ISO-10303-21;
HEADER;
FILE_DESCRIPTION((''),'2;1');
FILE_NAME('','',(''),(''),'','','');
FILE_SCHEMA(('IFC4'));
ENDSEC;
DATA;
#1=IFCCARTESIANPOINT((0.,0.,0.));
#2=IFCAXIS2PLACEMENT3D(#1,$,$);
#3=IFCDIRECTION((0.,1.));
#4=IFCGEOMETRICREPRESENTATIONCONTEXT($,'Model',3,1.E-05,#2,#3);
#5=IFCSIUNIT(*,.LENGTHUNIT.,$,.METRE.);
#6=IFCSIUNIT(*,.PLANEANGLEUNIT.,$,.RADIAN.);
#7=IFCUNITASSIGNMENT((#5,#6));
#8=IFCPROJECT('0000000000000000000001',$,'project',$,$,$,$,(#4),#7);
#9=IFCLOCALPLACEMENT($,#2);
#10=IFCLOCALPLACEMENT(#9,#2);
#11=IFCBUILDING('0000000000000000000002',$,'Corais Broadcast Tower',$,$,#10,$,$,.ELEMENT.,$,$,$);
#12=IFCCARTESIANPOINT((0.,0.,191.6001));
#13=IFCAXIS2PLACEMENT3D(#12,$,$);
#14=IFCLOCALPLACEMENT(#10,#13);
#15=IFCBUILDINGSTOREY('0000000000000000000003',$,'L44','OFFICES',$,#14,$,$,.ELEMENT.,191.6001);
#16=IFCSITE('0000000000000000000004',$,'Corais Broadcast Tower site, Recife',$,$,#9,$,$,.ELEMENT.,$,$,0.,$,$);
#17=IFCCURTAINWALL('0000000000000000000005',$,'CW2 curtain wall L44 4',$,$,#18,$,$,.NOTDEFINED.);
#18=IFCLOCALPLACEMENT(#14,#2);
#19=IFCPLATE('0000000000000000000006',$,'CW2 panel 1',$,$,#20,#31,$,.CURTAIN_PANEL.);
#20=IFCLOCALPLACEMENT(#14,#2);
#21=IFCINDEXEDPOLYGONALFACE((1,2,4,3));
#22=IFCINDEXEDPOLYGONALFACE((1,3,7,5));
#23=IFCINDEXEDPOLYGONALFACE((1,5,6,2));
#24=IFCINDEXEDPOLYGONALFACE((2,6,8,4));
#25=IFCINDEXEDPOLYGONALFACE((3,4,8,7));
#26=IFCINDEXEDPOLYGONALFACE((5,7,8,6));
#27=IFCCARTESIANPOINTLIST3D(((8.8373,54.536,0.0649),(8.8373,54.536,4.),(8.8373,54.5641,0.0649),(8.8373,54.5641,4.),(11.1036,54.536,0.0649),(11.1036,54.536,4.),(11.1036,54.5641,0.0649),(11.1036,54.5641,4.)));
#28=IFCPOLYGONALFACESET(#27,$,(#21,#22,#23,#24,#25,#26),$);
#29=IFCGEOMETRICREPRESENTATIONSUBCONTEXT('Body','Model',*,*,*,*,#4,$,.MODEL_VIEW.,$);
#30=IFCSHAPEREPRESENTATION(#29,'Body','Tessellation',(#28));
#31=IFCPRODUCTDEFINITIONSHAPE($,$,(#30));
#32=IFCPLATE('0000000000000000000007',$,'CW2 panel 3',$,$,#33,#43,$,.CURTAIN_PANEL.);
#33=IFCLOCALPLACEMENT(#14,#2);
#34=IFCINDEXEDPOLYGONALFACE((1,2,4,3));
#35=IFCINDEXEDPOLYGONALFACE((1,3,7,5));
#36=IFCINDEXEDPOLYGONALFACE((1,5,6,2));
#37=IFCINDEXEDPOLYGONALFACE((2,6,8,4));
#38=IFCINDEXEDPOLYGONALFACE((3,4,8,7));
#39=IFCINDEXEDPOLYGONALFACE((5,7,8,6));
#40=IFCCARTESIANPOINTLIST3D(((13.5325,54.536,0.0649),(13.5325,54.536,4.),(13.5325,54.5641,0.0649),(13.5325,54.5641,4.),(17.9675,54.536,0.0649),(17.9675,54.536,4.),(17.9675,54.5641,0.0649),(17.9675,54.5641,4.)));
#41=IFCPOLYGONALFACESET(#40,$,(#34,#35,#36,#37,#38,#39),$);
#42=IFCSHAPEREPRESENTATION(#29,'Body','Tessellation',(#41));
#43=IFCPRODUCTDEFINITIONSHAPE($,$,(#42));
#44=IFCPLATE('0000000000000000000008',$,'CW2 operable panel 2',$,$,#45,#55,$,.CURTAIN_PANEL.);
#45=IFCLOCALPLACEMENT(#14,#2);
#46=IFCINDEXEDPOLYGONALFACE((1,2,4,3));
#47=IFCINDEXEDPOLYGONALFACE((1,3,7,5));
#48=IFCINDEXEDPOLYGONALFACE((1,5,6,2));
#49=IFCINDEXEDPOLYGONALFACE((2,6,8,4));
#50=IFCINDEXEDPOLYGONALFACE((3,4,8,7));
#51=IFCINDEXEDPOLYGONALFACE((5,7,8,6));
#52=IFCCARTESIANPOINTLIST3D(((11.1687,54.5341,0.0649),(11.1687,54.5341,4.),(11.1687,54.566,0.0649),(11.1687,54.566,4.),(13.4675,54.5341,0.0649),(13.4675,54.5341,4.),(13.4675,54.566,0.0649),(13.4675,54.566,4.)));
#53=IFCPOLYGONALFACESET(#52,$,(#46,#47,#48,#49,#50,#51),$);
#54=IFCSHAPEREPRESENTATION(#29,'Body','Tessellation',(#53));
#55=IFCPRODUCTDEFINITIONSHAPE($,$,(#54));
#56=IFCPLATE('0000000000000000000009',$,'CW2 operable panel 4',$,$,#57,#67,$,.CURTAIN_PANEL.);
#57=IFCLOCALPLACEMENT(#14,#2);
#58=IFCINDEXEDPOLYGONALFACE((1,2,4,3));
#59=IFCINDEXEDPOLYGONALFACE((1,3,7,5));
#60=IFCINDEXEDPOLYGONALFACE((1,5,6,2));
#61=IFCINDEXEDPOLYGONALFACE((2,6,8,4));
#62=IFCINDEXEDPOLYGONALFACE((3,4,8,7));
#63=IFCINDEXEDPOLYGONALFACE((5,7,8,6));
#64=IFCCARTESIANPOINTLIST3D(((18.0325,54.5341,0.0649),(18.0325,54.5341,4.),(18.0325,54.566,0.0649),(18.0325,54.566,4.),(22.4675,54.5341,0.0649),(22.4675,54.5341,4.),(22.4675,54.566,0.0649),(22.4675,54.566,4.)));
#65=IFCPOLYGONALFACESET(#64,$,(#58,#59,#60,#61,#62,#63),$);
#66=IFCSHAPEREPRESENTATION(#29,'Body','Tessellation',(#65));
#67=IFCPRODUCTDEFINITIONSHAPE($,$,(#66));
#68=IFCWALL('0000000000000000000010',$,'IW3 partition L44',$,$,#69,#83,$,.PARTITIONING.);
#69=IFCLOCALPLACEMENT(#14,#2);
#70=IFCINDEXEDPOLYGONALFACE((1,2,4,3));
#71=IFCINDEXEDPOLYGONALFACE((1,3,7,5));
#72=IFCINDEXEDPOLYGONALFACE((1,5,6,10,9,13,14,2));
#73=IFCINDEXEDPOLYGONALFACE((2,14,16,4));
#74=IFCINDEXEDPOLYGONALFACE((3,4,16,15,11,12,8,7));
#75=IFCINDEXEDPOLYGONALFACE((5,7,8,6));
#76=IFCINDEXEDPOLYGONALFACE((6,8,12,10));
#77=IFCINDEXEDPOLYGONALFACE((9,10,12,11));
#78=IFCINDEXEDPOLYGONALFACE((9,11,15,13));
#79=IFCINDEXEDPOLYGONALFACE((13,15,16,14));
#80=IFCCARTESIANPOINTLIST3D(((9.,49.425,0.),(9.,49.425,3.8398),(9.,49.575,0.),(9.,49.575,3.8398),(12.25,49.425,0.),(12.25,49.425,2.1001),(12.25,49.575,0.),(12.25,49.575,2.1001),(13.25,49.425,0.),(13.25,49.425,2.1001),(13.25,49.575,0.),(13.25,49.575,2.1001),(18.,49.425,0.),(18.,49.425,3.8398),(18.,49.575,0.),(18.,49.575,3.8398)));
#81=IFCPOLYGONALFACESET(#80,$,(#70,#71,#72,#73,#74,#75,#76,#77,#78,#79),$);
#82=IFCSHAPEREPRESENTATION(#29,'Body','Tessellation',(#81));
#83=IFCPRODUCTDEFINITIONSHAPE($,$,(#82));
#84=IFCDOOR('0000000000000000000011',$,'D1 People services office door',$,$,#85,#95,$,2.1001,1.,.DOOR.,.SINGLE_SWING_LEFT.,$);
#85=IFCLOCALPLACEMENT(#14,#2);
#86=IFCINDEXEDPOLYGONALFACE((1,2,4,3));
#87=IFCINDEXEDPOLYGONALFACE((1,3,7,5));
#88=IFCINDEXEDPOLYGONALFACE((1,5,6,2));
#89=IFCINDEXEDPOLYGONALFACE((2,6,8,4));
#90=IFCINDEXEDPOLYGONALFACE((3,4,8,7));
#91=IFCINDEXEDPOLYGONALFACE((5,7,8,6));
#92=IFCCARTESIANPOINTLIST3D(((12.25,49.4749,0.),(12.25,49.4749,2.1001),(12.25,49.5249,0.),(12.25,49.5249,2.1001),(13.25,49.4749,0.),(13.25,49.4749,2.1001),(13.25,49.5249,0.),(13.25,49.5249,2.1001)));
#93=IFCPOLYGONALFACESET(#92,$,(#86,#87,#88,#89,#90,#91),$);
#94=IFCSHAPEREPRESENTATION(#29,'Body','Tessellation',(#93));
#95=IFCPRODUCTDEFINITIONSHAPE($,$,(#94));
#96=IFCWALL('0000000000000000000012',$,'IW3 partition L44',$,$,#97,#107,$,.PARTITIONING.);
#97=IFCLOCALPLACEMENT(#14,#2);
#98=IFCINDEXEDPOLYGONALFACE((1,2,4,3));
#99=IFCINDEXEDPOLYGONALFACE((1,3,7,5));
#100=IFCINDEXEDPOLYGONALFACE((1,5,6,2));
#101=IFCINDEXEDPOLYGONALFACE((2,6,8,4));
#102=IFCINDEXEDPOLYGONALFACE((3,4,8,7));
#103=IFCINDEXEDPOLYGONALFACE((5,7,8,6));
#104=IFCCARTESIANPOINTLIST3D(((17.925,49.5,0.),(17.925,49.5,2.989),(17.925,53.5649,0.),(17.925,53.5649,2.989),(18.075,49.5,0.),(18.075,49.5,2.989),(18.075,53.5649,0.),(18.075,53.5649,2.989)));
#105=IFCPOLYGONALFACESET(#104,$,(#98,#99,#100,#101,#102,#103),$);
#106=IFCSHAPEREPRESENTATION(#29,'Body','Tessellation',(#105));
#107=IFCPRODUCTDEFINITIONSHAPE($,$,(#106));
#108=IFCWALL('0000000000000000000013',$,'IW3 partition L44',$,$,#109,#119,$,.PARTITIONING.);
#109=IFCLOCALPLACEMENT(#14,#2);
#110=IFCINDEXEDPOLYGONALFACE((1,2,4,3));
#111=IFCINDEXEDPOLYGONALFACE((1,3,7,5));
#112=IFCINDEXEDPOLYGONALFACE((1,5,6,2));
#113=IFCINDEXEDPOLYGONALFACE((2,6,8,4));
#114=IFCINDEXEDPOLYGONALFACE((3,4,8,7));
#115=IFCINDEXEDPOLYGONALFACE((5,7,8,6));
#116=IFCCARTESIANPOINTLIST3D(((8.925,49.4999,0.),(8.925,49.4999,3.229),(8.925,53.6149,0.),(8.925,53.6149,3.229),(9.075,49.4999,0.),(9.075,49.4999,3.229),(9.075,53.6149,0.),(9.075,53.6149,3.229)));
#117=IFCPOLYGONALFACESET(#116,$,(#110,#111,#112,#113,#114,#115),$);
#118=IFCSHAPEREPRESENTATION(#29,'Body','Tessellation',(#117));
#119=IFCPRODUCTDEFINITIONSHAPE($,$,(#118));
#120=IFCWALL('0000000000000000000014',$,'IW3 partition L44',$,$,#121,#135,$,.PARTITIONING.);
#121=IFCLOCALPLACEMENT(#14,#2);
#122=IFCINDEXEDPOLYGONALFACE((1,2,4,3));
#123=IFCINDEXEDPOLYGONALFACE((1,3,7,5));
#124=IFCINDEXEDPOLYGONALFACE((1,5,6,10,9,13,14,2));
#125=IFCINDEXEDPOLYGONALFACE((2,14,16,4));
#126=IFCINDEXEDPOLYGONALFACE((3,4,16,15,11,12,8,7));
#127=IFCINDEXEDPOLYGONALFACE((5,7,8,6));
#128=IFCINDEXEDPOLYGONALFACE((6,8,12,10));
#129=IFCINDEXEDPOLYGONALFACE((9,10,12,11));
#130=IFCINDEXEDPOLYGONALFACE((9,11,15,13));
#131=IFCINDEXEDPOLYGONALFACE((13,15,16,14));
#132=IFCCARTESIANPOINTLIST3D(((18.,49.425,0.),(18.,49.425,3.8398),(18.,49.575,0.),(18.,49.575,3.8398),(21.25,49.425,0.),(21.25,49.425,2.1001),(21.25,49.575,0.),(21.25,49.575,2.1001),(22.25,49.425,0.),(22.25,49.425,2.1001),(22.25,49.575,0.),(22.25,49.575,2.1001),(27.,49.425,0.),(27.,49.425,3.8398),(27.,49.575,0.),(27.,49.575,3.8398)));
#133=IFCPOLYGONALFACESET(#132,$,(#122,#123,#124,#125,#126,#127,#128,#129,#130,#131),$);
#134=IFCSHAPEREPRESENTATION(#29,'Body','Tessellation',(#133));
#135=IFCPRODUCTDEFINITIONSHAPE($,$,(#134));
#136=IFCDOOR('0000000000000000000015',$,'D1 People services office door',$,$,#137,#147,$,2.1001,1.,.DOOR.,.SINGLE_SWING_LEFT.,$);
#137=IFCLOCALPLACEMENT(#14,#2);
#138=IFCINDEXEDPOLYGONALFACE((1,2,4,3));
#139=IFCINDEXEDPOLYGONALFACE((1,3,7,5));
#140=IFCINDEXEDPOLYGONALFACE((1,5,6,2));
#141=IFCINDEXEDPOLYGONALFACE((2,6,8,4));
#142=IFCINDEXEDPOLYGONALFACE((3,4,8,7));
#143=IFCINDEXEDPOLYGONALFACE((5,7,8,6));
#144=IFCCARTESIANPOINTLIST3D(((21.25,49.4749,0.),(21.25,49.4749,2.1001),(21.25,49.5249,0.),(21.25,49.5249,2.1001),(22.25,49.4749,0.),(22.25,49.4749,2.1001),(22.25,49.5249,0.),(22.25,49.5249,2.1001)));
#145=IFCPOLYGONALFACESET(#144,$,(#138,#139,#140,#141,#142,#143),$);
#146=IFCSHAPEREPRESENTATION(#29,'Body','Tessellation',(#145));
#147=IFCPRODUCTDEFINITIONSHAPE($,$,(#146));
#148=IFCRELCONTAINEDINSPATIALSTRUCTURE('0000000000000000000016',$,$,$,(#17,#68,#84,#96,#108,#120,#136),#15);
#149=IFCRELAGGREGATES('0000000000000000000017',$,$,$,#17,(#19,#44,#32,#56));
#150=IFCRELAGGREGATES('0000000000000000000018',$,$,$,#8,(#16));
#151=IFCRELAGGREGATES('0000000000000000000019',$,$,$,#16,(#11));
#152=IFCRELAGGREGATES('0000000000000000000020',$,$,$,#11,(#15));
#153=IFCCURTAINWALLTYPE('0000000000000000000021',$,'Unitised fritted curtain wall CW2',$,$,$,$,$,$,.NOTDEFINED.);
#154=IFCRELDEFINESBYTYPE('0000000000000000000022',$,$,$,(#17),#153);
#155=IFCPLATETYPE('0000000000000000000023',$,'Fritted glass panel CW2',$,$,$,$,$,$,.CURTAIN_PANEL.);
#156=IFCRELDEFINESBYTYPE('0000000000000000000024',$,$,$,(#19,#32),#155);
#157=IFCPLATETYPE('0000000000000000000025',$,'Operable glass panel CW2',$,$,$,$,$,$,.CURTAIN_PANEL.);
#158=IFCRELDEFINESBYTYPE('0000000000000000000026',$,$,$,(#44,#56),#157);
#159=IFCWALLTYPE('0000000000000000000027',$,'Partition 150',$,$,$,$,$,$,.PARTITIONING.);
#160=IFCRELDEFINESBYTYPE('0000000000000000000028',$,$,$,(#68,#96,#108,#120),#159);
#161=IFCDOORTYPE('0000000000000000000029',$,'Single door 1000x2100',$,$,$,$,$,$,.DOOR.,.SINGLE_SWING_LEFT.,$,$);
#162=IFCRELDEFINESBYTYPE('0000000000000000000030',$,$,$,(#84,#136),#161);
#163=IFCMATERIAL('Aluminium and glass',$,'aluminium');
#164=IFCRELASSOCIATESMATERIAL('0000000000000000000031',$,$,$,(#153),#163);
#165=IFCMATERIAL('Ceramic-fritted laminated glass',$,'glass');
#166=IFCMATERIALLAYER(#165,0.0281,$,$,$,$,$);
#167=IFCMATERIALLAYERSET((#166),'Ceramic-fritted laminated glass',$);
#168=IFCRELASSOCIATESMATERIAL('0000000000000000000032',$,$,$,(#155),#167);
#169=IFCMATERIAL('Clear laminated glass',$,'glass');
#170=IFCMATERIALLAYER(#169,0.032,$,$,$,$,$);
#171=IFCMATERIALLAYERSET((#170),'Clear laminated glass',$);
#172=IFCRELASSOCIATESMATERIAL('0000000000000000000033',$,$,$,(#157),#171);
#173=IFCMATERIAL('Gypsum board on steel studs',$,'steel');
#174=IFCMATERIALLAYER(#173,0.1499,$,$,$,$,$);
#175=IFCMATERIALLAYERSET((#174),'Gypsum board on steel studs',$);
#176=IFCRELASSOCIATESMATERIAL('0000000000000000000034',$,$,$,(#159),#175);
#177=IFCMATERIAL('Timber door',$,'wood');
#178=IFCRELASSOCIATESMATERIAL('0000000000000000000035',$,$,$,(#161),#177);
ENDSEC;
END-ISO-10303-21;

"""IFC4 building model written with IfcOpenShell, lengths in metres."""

from ifc_helpers import new_model, si_unit, direction, frame, frame_2d, origin, origin_2d, place, context, subcontext, project, spatial, rectangle, extrude, material, layer, layer_set, type_object, element, fill, aggregate, save


model = new_model("IFC4")

# Units and contexts
model_context = context("Model", 3, precision=1e-05, world=origin(), true_north=direction((0.0, 1.0)))
body_context = subcontext(model_context, "Body", "Model", "MODEL_VIEW")
ifc_project = project(units=[si_unit("LENGTHUNIT", "METRE"), si_unit("PLANEANGLEUNIT", "RADIAN")], contexts=[model_context])

# Site, building, storey
site_placement = place(None, origin())
site = spatial("IfcSite", under=ifc_project, at=site_placement, Name="Corais Broadcast Tower site, Recife", CompositionType="ELEMENT", RefElevation=0.0)
building_placement = place(site_placement, origin())
building = spatial("IfcBuilding", under=site, at=building_placement, Name="Corais Broadcast Tower", CompositionType="ELEMENT")
storey_placement = place(building_placement, frame((0.0, 0.0, 191.6001)))
storey = spatial("IfcBuildingStorey", under=building, at=storey_placement, Name="L44", Description="OFFICES", CompositionType="ELEMENT", Elevation=191.6001)

# Curtain wall
ifc_material_1 = material(Name="Aluminium and glass", Category="aluminium")
curtain_wall_type = type_object("IfcCurtainWallType", Name="Unitised fritted curtain wall CW2", PredefinedType="NOTDEFINED", material=ifc_material_1)
curtain_wall_placement = place(storey_placement, origin())
curtain_wall = element("IfcCurtainWall", 1, at=curtain_wall_placement, inside=storey, type_object=curtain_wall_type, Name="CW2 curtain wall L44 4", PredefinedType="NOTDEFINED")

# Plates
ifc_material_2 = material(Name="Ceramic-fritted laminated glass", Category="glass")
ifc_layer_1 = layer(ifc_material_2, 0.0281)
ifc_layer_set_1 = layer_set([ifc_layer_1], Name="Ceramic-fritted laminated glass")
plate_type_1 = type_object("IfcPlateType", Name="Fritted glass panel CW2", PredefinedType="CURTAIN_PANEL", material=ifc_layer_set_1)
plate_1_placement = place(storey_placement, frame((9.9705, 54.55, 0.0649), z_axis=(0.0, 0.0, 1.0), x_axis=(1.0, 0.0, 0.0)))
plate_1 = element("IfcPlate", 2, at=plate_1_placement, type_object=plate_type_1, Name="CW2 panel 1", PredefinedType="CURTAIN_PANEL", context=body_context, shape_type="SweptSolid", body=[
    extrude(rectangle(XDim=2.2664, YDim=0.0281, at=origin_2d()), origin(), (0.0, 0.0, 1.0), 3.9351),
])
plate_2_placement = place(storey_placement, frame((15.75, 54.55, 0.0649), z_axis=(0.0, 0.0, 1.0), x_axis=(1.0, 0.0, 0.0)))
plate_2 = element("IfcPlate", 3, at=plate_2_placement, type_object=plate_type_1, Name="CW2 panel 3", PredefinedType="CURTAIN_PANEL", context=body_context, shape_type="SweptSolid", body=[
    extrude(rectangle(XDim=4.4351, YDim=0.0281, at=origin_2d()), origin(), (0.0, 0.0, 1.0), 3.9351),
])
ifc_material_3 = material(Name="Clear laminated glass", Category="glass")
ifc_layer_2 = layer(ifc_material_3, 0.032)
ifc_layer_set_2 = layer_set([ifc_layer_2], Name="Clear laminated glass")
plate_type_2 = type_object("IfcPlateType", Name="Operable glass panel CW2", PredefinedType="CURTAIN_PANEL", material=ifc_layer_set_2)
plate_3_placement = place(storey_placement, frame((12.3181, 54.55, 0.0649), z_axis=(0.0, 0.0, 1.0), x_axis=(1.0, 0.0, 0.0)))
plate_3 = element("IfcPlate", 4, at=plate_3_placement, type_object=plate_type_2, Name="CW2 operable panel 2", PredefinedType="CURTAIN_PANEL", context=body_context, shape_type="SweptSolid", body=[
    extrude(rectangle(XDim=2.2988, YDim=0.032, at=origin_2d()), origin(), (0.0, 0.0, 1.0), 3.9351),
])
plate_4_placement = place(storey_placement, frame((20.25, 54.55, 0.0649), z_axis=(0.0, 0.0, 1.0), x_axis=(1.0, 0.0, 0.0)))
plate_4 = element("IfcPlate", 5, at=plate_4_placement, type_object=plate_type_2, Name="CW2 operable panel 4", PredefinedType="CURTAIN_PANEL", context=body_context, shape_type="SweptSolid", body=[
    extrude(rectangle(XDim=4.4351, YDim=0.032, at=origin_2d()), origin(), (0.0, 0.0, 1.0), 3.9351),
])
aggregate(curtain_wall, [plate_1, plate_3, plate_2, plate_4])

# Wall, opening, door
ifc_material_4 = material(Name="Gypsum board on steel studs", Category="steel")
ifc_layer_3 = layer(ifc_material_4, 0.1499)
ifc_layer_set_3 = layer_set([ifc_layer_3], Name="Gypsum board on steel studs")
wall_type = type_object("IfcWallType", Name="Partition 150", PredefinedType="PARTITIONING", material=ifc_layer_set_3)
wall_1_placement = place(storey_placement, frame((9.0, 49.5, 0.0), z_axis=(0.0, 0.0, 1.0), x_axis=(1.0, 0.0, 0.0)))
wall_1 = element("IfcWall", 6, at=wall_1_placement, inside=storey, type_object=wall_type, Name="IW3 partition L44", PredefinedType="PARTITIONING", context=body_context, shape_type="SweptSolid", body=[
    extrude(rectangle(XDim=9.0, YDim=0.1499, at=frame_2d((4.5, 0.0))), origin(), (0.0, 0.0, 1.0), 3.8398),
])
opening_1_placement = place(wall_1_placement, frame((3.25, 0.0, 0.0)))
opening_1 = element("IfcOpeningElement", 7, at=opening_1_placement, cuts=wall_1, PredefinedType="OPENING", context=body_context, shape_type="SweptSolid", body=[
    extrude(rectangle(XDim=1.0, YDim=2.1001, at=frame_2d((0.5, 1.05))), frame((0.0, 0.085, 0.0), z_axis=(0.0, -1.0, 0.0), x_axis=(1.0, 0.0, 0.0)), (0.0, 0.0, 1.0), 0.1699),
])
ifc_material_5 = material(Name="Timber door", Category="wood")
door_type = type_object("IfcDoorType", Name="Single door 1000x2100", OperationType="SINGLE_SWING_LEFT", PredefinedType="DOOR", material=ifc_material_5)
door_1_placement = place(opening_1_placement, origin())
door_1 = element("IfcDoor", 8, at=door_1_placement, inside=storey, type_object=door_type, Name="D1 People services office door", OperationType="SINGLE_SWING_LEFT", OverallHeight=2.1001, OverallWidth=1.0, PredefinedType="DOOR", context=body_context, shape_type="SweptSolid", body=[
    extrude(rectangle(XDim=1.0, YDim=2.1001, at=frame_2d((0.5, 1.05))), frame((0.0, 0.0249, 0.0), z_axis=(0.0, -1.0, 0.0), x_axis=(1.0, 0.0, 0.0)), (0.0, 0.0, 1.0), 0.05),
])
fill(opening_1, door_1)

# Walls
wall_2_placement = place(storey_placement, frame((18.0, 49.5, 0.0), z_axis=(0.0, 0.0, 1.0), x_axis=(0.0, 1.0, 0.0)))
element("IfcWall", 9, at=wall_2_placement, inside=storey, type_object=wall_type, Name="IW3 partition L44", PredefinedType="PARTITIONING", context=body_context, shape_type="SweptSolid", body=[
    extrude(rectangle(XDim=4.0649, YDim=0.1499, at=frame_2d((2.0325, 0.0))), origin(), (0.0, 0.0, 1.0), 2.989),
])
wall_3_placement = place(storey_placement, frame((9.0, 53.615, 0.0), z_axis=(0.0, 0.0, 1.0), x_axis=(0.0, -1.0, 0.0)))
element("IfcWall", 10, at=wall_3_placement, inside=storey, type_object=wall_type, Name="IW3 partition L44", PredefinedType="PARTITIONING", context=body_context, shape_type="SweptSolid", body=[
    extrude(rectangle(XDim=4.115, YDim=0.1499, at=frame_2d((2.0576, 0.0))), origin(), (0.0, 0.0, 1.0), 3.229),
])

# Wall, opening, door
wall_4_placement = place(storey_placement, frame((18.0, 49.5, 0.0), z_axis=(0.0, 0.0, 1.0), x_axis=(1.0, 0.0, 0.0)))
wall_4 = element("IfcWall", 11, at=wall_4_placement, inside=storey, type_object=wall_type, Name="IW3 partition L44", PredefinedType="PARTITIONING", context=body_context, shape_type="SweptSolid", body=[
    extrude(rectangle(XDim=9.0, YDim=0.1499, at=frame_2d((4.5, 0.0))), origin(), (0.0, 0.0, 1.0), 3.8398),
])
opening_2_placement = place(wall_4_placement, frame((3.25, 0.0, 0.0)))
opening_2 = element("IfcOpeningElement", 12, at=opening_2_placement, cuts=wall_4, PredefinedType="OPENING", context=body_context, shape_type="SweptSolid", body=[
    extrude(rectangle(XDim=1.0, YDim=2.1001, at=frame_2d((0.5, 1.05))), frame((0.0, 0.085, 0.0), z_axis=(0.0, -1.0, 0.0), x_axis=(1.0, 0.0, 0.0)), (0.0, 0.0, 1.0), 0.1699),
])
door_2_placement = place(opening_2_placement, origin())
door_2 = element("IfcDoor", 13, at=door_2_placement, inside=storey, type_object=door_type, Name="D1 People services office door", OperationType="SINGLE_SWING_LEFT", OverallHeight=2.1001, OverallWidth=1.0, PredefinedType="DOOR", context=body_context, shape_type="SweptSolid", body=[
    extrude(rectangle(XDim=1.0, YDim=2.1001, at=frame_2d((0.5, 1.05))), frame((0.0, 0.0249, 0.0), z_axis=(0.0, -1.0, 0.0), x_axis=(1.0, 0.0, 0.0)), (0.0, 0.0, 1.0), 0.05),
])
fill(opening_2, door_2)

save(model, "model.ifc")
